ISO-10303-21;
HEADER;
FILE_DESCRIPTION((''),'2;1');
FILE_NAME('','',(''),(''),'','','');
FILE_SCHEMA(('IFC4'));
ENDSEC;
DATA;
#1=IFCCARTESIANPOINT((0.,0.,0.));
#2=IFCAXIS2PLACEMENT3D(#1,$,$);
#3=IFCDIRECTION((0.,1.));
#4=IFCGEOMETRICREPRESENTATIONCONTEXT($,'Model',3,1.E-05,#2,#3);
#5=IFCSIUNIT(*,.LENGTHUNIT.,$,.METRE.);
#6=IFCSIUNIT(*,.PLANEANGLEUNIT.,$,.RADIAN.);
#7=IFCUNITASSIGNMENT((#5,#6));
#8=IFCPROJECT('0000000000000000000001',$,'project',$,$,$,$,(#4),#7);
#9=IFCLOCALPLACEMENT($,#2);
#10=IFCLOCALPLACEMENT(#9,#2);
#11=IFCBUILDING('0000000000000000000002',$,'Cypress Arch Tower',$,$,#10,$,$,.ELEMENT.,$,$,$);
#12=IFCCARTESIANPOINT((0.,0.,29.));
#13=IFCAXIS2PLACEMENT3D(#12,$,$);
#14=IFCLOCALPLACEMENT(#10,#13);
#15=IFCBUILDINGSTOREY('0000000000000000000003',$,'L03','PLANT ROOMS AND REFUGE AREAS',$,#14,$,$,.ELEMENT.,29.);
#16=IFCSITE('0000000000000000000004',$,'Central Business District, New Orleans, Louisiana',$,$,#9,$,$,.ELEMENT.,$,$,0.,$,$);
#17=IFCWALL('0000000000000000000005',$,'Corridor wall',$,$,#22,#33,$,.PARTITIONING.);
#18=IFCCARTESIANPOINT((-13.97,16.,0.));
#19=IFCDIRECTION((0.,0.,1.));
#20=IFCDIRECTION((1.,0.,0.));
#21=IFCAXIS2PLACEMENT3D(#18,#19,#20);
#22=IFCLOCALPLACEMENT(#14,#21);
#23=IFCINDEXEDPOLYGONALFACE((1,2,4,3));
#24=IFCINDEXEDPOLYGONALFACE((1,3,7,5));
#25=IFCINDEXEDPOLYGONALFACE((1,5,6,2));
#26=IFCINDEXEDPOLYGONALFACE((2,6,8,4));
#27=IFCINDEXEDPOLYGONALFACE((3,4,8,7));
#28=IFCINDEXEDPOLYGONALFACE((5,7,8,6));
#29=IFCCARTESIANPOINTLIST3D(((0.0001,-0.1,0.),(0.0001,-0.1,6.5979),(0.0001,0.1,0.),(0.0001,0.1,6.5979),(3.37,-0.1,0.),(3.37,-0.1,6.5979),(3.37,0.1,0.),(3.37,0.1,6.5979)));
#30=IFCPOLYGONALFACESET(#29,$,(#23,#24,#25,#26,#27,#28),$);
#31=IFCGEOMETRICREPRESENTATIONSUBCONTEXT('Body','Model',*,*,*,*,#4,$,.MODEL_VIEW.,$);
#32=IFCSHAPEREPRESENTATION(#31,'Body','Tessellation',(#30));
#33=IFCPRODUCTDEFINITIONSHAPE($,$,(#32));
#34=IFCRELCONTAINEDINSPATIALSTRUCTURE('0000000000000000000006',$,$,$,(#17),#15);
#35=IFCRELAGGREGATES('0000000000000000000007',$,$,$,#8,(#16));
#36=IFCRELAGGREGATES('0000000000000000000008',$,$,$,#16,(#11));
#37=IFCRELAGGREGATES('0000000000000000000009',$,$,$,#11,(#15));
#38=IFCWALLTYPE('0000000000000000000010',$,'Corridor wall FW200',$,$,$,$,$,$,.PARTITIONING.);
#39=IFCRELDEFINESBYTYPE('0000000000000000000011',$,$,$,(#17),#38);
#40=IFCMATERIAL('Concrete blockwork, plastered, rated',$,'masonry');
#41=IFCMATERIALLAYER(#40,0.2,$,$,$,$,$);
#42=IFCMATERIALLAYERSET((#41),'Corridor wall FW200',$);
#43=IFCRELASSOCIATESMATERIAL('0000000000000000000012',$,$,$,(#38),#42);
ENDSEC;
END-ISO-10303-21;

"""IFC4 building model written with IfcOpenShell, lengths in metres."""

from ifc_helpers import new_model, si_unit, direction, frame, frame_2d, origin, place, context, subcontext, project, spatial, rectangle, extrude, material, layer, layer_set, type_object, element, save


model = new_model("IFC4")

# Units and contexts
model_context = context("Model", 3, precision=1e-05, world=origin(), true_north=direction((0.0, 1.0)))
body_context = subcontext(model_context, "Body", "Model", "MODEL_VIEW")
ifc_project = project(units=[si_unit("LENGTHUNIT", "METRE"), si_unit("PLANEANGLEUNIT", "RADIAN")], contexts=[model_context])

# Site, building, storey
site_placement = place(None, origin())
site = spatial("IfcSite", under=ifc_project, at=site_placement, Name="Central Business District, New Orleans, Louisiana", CompositionType="ELEMENT", RefElevation=0.0)
building_placement = place(site_placement, origin())
building = spatial("IfcBuilding", under=site, at=building_placement, Name="Cypress Arch Tower", CompositionType="ELEMENT")
storey_placement = place(building_placement, frame((0.0, 0.0, 29.0)))
storey = spatial("IfcBuildingStorey", under=building, at=storey_placement, Name="L03", Description="PLANT ROOMS AND REFUGE AREAS", CompositionType="ELEMENT", Elevation=29.0)

# Wall
ifc_material_1 = material(Name="Concrete blockwork, plastered, rated", Category="masonry")
ifc_layer_1 = layer(ifc_material_1, 0.2)
ifc_layer_set_1 = layer_set([ifc_layer_1], Name="Corridor wall FW200")
wall_type_1 = type_object("IfcWallType", Name="Corridor wall FW200", PredefinedType="PARTITIONING", material=ifc_layer_set_1)
wall_1_placement = place(storey_placement, frame((-13.97, 16.0, 0.0), z_axis=(0.0, 0.0, 1.0), x_axis=(1.0, 0.0, 0.0)))
element("IfcWall", 1, at=wall_1_placement, inside=storey, type_object=wall_type_1, Name="Corridor wall", PredefinedType="PARTITIONING", context=body_context, shape_type="SweptSolid", body=[
    extrude(rectangle(XDim=3.3699, YDim=0.2, at=frame_2d((1.6851, 0.0))), origin(), (0.0, 0.0, 1.0), 6.5979),
])

save(model, "model.ifc")
